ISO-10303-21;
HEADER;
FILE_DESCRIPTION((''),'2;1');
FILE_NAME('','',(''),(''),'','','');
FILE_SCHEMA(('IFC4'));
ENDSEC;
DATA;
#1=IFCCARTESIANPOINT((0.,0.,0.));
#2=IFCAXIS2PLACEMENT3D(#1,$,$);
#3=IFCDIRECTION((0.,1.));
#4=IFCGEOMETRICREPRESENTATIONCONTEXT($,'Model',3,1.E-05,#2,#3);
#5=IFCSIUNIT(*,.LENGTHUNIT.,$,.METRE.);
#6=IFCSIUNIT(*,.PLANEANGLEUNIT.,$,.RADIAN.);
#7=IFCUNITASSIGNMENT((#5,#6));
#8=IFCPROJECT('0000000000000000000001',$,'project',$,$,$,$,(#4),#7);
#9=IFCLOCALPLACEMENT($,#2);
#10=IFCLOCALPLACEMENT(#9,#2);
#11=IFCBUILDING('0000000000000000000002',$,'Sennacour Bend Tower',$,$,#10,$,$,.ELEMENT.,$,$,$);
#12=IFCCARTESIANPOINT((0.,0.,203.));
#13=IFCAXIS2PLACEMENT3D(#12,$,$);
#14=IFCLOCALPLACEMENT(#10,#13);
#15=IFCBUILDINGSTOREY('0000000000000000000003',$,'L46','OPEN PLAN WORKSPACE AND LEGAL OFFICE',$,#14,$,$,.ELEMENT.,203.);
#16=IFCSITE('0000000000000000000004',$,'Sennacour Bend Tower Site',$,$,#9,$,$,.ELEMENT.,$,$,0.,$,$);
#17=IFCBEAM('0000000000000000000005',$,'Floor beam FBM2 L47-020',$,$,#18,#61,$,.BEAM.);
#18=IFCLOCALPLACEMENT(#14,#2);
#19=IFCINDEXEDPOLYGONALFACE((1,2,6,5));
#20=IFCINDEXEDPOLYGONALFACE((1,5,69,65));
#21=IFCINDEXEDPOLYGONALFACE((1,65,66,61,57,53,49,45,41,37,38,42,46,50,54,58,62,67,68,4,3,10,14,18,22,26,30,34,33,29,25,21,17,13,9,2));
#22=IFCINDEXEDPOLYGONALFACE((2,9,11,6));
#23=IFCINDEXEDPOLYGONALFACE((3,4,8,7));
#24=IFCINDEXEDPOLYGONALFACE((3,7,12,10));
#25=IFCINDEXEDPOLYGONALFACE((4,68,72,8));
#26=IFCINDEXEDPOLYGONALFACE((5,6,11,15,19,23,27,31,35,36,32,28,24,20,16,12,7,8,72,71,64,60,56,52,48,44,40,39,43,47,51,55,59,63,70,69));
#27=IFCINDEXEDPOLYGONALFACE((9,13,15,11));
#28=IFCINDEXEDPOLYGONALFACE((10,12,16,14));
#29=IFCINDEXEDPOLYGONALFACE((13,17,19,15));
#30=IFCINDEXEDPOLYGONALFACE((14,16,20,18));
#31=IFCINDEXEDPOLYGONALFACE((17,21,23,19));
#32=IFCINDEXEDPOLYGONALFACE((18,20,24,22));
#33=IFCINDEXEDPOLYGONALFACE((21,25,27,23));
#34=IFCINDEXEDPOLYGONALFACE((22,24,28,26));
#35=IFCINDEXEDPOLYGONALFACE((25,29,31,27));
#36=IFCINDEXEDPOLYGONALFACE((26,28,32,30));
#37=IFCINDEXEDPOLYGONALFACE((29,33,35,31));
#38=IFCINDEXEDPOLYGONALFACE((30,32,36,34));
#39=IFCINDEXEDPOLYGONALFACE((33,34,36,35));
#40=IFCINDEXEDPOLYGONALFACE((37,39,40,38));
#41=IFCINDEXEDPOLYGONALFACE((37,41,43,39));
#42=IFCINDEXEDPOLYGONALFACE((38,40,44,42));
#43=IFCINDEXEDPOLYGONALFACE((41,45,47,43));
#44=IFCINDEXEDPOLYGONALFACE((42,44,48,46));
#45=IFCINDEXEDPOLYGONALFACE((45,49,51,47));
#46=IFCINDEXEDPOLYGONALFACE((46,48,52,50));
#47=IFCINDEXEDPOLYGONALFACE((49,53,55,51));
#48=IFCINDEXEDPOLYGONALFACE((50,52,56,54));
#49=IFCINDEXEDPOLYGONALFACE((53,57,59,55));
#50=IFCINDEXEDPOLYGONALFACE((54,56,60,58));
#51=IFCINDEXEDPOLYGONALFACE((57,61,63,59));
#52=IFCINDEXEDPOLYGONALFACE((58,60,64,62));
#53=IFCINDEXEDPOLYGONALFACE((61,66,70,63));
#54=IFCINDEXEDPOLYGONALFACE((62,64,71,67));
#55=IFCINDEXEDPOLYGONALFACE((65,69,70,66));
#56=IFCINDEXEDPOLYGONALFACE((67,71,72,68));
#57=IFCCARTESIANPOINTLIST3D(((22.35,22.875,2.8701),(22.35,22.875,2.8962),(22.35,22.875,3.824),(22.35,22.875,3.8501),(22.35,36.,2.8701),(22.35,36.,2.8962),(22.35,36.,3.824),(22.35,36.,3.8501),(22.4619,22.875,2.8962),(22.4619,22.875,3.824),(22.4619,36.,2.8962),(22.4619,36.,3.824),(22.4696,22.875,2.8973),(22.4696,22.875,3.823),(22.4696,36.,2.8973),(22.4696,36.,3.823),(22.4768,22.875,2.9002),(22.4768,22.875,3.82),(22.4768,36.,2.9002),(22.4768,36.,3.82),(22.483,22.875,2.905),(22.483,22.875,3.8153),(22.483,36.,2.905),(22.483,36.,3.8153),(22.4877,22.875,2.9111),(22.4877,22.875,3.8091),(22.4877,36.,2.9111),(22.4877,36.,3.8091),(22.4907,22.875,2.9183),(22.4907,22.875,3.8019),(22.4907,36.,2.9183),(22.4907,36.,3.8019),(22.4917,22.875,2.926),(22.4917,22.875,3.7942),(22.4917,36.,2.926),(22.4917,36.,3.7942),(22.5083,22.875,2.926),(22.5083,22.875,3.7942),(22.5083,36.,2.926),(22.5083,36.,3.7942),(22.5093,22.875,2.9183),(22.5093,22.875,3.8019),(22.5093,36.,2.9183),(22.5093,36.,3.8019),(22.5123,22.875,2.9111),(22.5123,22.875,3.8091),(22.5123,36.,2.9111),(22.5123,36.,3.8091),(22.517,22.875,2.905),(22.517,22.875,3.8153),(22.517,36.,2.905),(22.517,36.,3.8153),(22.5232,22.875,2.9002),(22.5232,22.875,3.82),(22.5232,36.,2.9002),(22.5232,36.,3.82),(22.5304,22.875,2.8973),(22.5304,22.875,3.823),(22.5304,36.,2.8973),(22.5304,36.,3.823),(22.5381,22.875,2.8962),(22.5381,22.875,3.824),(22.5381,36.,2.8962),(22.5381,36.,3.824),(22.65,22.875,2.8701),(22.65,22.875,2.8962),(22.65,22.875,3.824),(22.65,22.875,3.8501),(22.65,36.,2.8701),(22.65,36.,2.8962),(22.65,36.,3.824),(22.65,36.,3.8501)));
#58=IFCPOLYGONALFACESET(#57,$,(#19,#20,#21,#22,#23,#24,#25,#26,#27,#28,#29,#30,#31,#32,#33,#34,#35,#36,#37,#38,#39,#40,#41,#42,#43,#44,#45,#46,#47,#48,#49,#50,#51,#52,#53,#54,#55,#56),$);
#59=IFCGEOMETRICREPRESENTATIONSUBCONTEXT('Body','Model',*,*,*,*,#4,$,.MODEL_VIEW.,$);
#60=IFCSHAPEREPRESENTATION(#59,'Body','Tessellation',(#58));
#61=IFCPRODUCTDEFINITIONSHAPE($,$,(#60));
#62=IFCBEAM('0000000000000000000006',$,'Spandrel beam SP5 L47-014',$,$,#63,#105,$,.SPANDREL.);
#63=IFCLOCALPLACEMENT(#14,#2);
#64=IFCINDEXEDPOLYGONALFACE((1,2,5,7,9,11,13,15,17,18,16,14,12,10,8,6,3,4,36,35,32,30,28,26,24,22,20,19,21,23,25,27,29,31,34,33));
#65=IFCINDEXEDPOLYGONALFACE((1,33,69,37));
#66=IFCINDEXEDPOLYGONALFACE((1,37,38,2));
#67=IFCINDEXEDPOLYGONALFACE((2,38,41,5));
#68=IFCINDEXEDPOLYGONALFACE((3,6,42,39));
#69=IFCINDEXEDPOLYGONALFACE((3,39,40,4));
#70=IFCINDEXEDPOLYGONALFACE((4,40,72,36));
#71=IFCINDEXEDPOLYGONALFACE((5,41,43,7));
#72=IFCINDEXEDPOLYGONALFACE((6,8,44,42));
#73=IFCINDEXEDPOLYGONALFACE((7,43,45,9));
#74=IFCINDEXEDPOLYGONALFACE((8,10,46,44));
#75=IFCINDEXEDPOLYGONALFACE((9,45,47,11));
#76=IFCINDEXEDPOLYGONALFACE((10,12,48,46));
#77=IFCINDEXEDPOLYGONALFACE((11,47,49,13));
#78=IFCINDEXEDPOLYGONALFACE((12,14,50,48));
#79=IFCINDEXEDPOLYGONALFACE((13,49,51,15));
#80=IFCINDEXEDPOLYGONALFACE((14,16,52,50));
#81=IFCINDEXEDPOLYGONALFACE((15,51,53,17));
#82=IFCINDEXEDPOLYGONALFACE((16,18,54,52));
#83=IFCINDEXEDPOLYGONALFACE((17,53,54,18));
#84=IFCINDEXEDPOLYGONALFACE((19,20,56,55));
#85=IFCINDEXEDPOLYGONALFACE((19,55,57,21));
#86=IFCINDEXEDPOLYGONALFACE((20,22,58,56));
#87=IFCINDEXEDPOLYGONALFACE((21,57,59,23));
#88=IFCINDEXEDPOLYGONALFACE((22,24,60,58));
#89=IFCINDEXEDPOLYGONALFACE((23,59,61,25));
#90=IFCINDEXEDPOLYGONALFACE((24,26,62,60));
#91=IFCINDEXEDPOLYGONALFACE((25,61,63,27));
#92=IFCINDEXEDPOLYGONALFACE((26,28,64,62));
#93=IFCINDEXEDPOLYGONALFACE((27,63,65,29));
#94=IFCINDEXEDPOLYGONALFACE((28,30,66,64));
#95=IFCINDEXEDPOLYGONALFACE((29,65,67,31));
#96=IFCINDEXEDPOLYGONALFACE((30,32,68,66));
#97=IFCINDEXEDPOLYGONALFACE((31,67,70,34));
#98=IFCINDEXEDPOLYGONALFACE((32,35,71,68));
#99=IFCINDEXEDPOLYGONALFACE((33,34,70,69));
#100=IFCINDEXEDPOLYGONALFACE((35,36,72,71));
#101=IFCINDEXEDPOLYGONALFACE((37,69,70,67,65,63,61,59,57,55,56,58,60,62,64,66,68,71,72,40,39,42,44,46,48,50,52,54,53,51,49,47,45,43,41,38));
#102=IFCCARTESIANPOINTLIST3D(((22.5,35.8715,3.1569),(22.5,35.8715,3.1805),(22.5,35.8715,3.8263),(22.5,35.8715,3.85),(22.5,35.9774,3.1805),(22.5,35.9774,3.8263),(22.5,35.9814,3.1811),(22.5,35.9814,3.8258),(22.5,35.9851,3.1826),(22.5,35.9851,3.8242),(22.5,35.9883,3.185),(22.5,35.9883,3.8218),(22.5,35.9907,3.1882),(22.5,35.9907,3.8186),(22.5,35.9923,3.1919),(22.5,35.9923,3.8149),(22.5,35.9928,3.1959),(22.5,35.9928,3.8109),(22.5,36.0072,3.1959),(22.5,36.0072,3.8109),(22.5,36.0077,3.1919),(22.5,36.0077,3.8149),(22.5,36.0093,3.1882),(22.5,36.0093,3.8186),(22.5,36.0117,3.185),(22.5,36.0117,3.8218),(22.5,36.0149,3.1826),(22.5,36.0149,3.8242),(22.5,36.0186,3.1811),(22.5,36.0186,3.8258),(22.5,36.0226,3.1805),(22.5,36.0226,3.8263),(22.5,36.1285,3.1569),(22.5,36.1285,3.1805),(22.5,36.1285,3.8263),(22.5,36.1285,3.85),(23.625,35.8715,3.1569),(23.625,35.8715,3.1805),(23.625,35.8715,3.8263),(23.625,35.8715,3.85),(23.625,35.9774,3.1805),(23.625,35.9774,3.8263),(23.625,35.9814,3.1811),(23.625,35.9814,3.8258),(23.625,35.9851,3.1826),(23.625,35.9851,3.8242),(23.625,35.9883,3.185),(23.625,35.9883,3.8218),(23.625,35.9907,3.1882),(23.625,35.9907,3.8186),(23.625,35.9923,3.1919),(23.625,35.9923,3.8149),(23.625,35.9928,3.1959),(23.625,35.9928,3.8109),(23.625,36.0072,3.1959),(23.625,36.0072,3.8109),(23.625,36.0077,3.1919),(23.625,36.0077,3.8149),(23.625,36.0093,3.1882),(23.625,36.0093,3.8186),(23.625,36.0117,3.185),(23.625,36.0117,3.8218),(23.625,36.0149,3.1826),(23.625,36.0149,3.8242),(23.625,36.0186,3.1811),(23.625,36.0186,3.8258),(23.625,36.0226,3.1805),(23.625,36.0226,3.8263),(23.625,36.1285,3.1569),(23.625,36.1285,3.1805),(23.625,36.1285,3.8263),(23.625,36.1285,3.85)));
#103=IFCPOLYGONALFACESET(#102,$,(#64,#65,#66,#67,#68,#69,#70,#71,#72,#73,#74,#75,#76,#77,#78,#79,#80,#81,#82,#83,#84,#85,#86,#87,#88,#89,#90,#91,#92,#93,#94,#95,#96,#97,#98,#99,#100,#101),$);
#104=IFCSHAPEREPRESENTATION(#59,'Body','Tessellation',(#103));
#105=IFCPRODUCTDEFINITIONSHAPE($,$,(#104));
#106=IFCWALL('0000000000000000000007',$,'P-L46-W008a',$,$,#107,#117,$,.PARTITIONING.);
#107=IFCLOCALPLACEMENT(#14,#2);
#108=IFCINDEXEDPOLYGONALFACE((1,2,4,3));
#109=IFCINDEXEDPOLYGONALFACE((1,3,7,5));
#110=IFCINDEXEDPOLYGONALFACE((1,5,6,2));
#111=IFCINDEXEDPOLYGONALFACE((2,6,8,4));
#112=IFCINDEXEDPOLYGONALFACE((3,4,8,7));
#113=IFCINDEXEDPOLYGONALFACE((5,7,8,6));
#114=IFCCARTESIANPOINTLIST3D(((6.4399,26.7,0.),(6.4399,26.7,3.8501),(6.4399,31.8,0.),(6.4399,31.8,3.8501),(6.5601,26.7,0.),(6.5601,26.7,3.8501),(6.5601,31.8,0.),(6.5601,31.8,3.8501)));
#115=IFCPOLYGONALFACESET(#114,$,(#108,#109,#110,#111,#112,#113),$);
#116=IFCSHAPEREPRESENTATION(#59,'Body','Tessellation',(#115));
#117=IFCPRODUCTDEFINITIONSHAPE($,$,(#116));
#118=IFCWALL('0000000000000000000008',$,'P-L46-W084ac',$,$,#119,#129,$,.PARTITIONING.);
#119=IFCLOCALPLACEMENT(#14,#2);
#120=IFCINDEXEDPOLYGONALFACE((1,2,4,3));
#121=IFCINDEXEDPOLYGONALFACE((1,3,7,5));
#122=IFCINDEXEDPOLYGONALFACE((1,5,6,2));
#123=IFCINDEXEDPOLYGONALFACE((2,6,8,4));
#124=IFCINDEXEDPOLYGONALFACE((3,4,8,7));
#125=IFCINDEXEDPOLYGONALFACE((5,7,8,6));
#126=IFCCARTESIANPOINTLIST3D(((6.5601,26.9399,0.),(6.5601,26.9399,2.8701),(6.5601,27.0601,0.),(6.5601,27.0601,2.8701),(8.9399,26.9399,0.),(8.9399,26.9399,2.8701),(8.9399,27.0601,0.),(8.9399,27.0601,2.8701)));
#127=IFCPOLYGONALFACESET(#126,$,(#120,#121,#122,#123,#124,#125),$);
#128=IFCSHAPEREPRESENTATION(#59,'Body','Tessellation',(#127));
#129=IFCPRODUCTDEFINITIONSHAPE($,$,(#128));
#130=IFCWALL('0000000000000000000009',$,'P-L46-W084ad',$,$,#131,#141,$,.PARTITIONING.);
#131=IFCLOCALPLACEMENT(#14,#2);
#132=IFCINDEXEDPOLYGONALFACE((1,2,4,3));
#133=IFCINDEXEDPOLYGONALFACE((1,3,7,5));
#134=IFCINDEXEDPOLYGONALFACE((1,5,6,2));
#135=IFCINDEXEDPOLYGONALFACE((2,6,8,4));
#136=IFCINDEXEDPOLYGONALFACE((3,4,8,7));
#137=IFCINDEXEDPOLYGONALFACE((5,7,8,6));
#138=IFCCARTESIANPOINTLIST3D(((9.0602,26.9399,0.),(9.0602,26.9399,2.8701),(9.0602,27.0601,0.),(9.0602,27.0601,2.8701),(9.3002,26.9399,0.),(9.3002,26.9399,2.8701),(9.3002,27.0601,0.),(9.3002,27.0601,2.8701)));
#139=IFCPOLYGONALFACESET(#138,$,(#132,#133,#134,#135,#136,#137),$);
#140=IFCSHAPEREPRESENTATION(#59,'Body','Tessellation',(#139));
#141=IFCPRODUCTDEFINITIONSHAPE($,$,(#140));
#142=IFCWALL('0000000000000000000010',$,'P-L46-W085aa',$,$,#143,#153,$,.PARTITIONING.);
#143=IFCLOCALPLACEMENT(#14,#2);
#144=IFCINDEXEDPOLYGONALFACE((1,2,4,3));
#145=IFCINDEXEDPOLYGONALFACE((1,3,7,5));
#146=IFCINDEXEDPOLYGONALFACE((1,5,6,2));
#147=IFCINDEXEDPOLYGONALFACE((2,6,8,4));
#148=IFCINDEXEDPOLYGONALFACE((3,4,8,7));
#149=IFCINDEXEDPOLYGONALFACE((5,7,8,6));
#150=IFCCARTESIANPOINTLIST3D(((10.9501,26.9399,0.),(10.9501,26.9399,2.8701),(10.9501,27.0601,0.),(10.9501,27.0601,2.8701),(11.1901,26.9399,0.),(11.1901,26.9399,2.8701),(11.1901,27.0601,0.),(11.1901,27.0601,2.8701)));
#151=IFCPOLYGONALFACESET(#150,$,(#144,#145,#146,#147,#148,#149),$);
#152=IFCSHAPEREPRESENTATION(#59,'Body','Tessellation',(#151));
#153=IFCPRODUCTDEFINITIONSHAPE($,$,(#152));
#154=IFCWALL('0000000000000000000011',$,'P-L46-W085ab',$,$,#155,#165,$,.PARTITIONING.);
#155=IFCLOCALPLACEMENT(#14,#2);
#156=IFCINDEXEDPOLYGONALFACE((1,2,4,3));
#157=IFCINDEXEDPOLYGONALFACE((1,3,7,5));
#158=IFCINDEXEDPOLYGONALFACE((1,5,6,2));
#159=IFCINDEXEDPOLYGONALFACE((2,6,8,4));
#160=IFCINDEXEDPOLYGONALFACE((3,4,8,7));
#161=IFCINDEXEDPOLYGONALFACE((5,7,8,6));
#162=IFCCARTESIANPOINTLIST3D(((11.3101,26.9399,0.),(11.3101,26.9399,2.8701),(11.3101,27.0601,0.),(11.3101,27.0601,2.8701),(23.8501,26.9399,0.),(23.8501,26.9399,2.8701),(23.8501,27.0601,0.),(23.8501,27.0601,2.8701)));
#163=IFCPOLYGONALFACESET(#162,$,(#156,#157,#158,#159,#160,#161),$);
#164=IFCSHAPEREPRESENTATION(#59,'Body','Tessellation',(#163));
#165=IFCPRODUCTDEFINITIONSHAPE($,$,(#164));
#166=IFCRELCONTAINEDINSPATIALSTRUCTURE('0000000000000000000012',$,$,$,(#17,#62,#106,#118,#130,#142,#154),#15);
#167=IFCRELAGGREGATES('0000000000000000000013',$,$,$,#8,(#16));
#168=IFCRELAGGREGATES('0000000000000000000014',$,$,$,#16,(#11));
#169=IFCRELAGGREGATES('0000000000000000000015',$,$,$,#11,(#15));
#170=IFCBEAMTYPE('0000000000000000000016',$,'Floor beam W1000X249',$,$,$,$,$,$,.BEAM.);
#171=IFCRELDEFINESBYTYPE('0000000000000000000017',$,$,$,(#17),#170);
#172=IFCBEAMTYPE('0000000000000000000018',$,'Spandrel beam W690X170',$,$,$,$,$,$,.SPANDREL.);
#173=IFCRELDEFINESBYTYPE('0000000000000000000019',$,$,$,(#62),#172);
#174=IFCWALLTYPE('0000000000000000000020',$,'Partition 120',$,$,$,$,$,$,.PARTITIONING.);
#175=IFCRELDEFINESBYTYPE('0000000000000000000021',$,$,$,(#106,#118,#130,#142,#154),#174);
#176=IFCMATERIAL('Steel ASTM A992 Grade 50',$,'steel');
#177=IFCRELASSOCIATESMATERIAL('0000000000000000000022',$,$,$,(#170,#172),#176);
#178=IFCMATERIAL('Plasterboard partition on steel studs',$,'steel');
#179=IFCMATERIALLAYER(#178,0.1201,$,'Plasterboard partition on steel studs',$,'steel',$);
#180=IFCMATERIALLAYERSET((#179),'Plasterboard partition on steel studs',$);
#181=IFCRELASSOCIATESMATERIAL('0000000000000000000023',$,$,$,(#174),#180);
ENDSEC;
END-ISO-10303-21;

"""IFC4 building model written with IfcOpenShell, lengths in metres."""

from ifc_helpers import new_model, si_unit, direction, frame, frame_2d, origin, origin_2d, place, context, subcontext, project, spatial, rectangle, i_section, extrude, material, layer, layer_set, material_profile, profile_set, type_object, element, save


model = new_model("IFC4")

# Units and contexts
model_context = context("Model", 3, precision=1e-05, world=origin(), true_north=direction((0.0, 1.0)))
body_context = subcontext(model_context, "Body", "Model", "MODEL_VIEW")
ifc_project = project(units=[si_unit("LENGTHUNIT", "METRE"), si_unit("PLANEANGLEUNIT", "RADIAN")], contexts=[model_context])

# Site, building, storey
site_placement = place(None, origin())
site = spatial("IfcSite", under=ifc_project, at=site_placement, Name="Sennacour Bend Tower Site", CompositionType="ELEMENT", RefElevation=0.0)
building_placement = place(site_placement, origin())
building = spatial("IfcBuilding", under=site, at=building_placement, Name="Sennacour Bend Tower", CompositionType="ELEMENT")
storey_placement = place(building_placement, frame((0.0, 0.0, 203.0)))
storey = spatial("IfcBuildingStorey", under=building, at=storey_placement, Name="L46", Description="OPEN PLAN WORKSPACE AND LEGAL OFFICE", CompositionType="ELEMENT", Elevation=203.0)

# Beams
ifc_material_1 = material(Name="Steel ASTM A992 Grade 50", Category="steel")
ifc_material_profile_1 = material_profile(ifc_material_1, i_section(OverallWidth=0.3, OverallDepth=0.98, WebThickness=0.0166, FlangeThickness=0.0261, FilletRadius=0.0298, at=origin_2d()), Name="Steel ASTM A992 Grade 50", Category="steel")
ifc_profile_set_1 = profile_set([ifc_material_profile_1], Name="Steel ASTM A992 Grade 50")
beam_type_1 = type_object("IfcBeamType", Name="Floor beam W1000X249", PredefinedType="BEAM", material=ifc_profile_set_1)
beam_1_placement = place(storey_placement, frame((22.5, 22.875, 3.3601), z_axis=(0.0, 1.0, 0.0), x_axis=(-1.0, 0.0, 0.0)))
element("IfcBeam", 1, at=beam_1_placement, inside=storey, type_object=beam_type_1, Name="Floor beam FBM2 L47-020", PredefinedType="BEAM", context=body_context, shape_type="SweptSolid", body=[
    extrude(i_section(OverallWidth=0.3, OverallDepth=0.98, WebThickness=0.0166, FlangeThickness=0.0261, FilletRadius=0.0298, at=origin_2d()), origin(), (0.0, 0.0, 1.0), 13.125),
])
ifc_material_profile_2 = material_profile(ifc_material_1, i_section(OverallWidth=0.2571, OverallDepth=0.6931, WebThickness=0.0144, FlangeThickness=0.0237, FilletRadius=0.0154, at=origin_2d()), Name="Steel ASTM A992 Grade 50", Category="steel")
ifc_profile_set_2 = profile_set([ifc_material_profile_2], Name="Steel ASTM A992 Grade 50")
beam_type_2 = type_object("IfcBeamType", Name="Spandrel beam W690X170", PredefinedType="SPANDREL", material=ifc_profile_set_2)
beam_2_placement = place(storey_placement, frame((22.5, 36.0, 3.5034), z_axis=(1.0, 0.0, 0.0), x_axis=(0.0, 1.0, 0.0)))
element("IfcBeam", 2, at=beam_2_placement, inside=storey, type_object=beam_type_2, Name="Spandrel beam SP5 L47-014", PredefinedType="SPANDREL", context=body_context, shape_type="SweptSolid", body=[
    extrude(i_section(OverallWidth=0.2571, OverallDepth=0.6931, WebThickness=0.0144, FlangeThickness=0.0237, FilletRadius=0.0154, at=origin_2d()), origin(), (0.0, 0.0, 1.0), 1.125),
])

# Walls
ifc_material_2 = material(Name="Plasterboard partition on steel studs", Category="steel")
ifc_layer_1 = layer(ifc_material_2, 0.1201, Name="Plasterboard partition on steel studs", Category="steel")
ifc_layer_set_1 = layer_set([ifc_layer_1], Name="Plasterboard partition on steel studs")
wall_type_1 = type_object("IfcWallType", Name="Partition 120", PredefinedType="PARTITIONING", material=ifc_layer_set_1)
wall_1_placement = place(storey_placement, frame((6.5, 26.7, 0.0), z_axis=(0.0, 0.0, 1.0), x_axis=(0.0, 1.0, 0.0)))
element("IfcWall", 3, at=wall_1_placement, inside=storey, type_object=wall_type_1, Name="P-L46-W008a", PredefinedType="PARTITIONING", context=body_context, shape_type="SweptSolid", body=[
    extrude(rectangle(XDim=5.1001, YDim=0.1201, at=frame_2d((2.55, 0.0))), origin(), (0.0, 0.0, 1.0), 3.8501),
])
wall_2_placement = place(storey_placement, frame((6.5601, 27.0, 0.0), z_axis=(0.0, 0.0, 1.0), x_axis=(1.0, 0.0, 0.0)))
element("IfcWall", 4, at=wall_2_placement, inside=storey, type_object=wall_type_1, Name="P-L46-W084ac", PredefinedType="PARTITIONING", context=body_context, shape_type="SweptSolid", body=[
    extrude(rectangle(XDim=2.3799, YDim=0.1201, at=frame_2d((1.1899, 0.0))), origin(), (0.0, 0.0, 1.0), 2.8701),
])
for number, where, z_axis, x_axis, name in (
    (5, (9.0601, 27.0, 0.0), (0.0, 0.0, 1.0), (1.0, 0.0, 0.0), "P-L46-W084ad"),
    (6, (10.95, 27.0, 0.0), (0.0, 0.0, 1.0), (1.0, 0.0, 0.0), "P-L46-W085aa"),
):
    element("IfcWall", number, at=place(storey_placement, frame(where, z_axis=z_axis, x_axis=x_axis)), inside=storey, type_object=wall_type_1, Name=name, PredefinedType="PARTITIONING", context=body_context, shape_type="SweptSolid", body=[
        extrude(rectangle(XDim=0.24, YDim=0.1201, at=frame_2d((0.1201, 0.0))), origin(), (0.0, 0.0, 1.0), 2.8701),
    ])
wall_3_placement = place(storey_placement, frame((11.3101, 27.0, 0.0), z_axis=(0.0, 0.0, 1.0), x_axis=(1.0, 0.0, 0.0)))
element("IfcWall", 7, at=wall_3_placement, inside=storey, type_object=wall_type_1, Name="P-L46-W085ab", PredefinedType="PARTITIONING", context=body_context, shape_type="SweptSolid", body=[
    extrude(rectangle(XDim=12.54, YDim=0.1201, at=frame_2d((6.27, 0.0))), origin(), (0.0, 0.0, 1.0), 2.8701),
])

save(model, "model.ifc")
